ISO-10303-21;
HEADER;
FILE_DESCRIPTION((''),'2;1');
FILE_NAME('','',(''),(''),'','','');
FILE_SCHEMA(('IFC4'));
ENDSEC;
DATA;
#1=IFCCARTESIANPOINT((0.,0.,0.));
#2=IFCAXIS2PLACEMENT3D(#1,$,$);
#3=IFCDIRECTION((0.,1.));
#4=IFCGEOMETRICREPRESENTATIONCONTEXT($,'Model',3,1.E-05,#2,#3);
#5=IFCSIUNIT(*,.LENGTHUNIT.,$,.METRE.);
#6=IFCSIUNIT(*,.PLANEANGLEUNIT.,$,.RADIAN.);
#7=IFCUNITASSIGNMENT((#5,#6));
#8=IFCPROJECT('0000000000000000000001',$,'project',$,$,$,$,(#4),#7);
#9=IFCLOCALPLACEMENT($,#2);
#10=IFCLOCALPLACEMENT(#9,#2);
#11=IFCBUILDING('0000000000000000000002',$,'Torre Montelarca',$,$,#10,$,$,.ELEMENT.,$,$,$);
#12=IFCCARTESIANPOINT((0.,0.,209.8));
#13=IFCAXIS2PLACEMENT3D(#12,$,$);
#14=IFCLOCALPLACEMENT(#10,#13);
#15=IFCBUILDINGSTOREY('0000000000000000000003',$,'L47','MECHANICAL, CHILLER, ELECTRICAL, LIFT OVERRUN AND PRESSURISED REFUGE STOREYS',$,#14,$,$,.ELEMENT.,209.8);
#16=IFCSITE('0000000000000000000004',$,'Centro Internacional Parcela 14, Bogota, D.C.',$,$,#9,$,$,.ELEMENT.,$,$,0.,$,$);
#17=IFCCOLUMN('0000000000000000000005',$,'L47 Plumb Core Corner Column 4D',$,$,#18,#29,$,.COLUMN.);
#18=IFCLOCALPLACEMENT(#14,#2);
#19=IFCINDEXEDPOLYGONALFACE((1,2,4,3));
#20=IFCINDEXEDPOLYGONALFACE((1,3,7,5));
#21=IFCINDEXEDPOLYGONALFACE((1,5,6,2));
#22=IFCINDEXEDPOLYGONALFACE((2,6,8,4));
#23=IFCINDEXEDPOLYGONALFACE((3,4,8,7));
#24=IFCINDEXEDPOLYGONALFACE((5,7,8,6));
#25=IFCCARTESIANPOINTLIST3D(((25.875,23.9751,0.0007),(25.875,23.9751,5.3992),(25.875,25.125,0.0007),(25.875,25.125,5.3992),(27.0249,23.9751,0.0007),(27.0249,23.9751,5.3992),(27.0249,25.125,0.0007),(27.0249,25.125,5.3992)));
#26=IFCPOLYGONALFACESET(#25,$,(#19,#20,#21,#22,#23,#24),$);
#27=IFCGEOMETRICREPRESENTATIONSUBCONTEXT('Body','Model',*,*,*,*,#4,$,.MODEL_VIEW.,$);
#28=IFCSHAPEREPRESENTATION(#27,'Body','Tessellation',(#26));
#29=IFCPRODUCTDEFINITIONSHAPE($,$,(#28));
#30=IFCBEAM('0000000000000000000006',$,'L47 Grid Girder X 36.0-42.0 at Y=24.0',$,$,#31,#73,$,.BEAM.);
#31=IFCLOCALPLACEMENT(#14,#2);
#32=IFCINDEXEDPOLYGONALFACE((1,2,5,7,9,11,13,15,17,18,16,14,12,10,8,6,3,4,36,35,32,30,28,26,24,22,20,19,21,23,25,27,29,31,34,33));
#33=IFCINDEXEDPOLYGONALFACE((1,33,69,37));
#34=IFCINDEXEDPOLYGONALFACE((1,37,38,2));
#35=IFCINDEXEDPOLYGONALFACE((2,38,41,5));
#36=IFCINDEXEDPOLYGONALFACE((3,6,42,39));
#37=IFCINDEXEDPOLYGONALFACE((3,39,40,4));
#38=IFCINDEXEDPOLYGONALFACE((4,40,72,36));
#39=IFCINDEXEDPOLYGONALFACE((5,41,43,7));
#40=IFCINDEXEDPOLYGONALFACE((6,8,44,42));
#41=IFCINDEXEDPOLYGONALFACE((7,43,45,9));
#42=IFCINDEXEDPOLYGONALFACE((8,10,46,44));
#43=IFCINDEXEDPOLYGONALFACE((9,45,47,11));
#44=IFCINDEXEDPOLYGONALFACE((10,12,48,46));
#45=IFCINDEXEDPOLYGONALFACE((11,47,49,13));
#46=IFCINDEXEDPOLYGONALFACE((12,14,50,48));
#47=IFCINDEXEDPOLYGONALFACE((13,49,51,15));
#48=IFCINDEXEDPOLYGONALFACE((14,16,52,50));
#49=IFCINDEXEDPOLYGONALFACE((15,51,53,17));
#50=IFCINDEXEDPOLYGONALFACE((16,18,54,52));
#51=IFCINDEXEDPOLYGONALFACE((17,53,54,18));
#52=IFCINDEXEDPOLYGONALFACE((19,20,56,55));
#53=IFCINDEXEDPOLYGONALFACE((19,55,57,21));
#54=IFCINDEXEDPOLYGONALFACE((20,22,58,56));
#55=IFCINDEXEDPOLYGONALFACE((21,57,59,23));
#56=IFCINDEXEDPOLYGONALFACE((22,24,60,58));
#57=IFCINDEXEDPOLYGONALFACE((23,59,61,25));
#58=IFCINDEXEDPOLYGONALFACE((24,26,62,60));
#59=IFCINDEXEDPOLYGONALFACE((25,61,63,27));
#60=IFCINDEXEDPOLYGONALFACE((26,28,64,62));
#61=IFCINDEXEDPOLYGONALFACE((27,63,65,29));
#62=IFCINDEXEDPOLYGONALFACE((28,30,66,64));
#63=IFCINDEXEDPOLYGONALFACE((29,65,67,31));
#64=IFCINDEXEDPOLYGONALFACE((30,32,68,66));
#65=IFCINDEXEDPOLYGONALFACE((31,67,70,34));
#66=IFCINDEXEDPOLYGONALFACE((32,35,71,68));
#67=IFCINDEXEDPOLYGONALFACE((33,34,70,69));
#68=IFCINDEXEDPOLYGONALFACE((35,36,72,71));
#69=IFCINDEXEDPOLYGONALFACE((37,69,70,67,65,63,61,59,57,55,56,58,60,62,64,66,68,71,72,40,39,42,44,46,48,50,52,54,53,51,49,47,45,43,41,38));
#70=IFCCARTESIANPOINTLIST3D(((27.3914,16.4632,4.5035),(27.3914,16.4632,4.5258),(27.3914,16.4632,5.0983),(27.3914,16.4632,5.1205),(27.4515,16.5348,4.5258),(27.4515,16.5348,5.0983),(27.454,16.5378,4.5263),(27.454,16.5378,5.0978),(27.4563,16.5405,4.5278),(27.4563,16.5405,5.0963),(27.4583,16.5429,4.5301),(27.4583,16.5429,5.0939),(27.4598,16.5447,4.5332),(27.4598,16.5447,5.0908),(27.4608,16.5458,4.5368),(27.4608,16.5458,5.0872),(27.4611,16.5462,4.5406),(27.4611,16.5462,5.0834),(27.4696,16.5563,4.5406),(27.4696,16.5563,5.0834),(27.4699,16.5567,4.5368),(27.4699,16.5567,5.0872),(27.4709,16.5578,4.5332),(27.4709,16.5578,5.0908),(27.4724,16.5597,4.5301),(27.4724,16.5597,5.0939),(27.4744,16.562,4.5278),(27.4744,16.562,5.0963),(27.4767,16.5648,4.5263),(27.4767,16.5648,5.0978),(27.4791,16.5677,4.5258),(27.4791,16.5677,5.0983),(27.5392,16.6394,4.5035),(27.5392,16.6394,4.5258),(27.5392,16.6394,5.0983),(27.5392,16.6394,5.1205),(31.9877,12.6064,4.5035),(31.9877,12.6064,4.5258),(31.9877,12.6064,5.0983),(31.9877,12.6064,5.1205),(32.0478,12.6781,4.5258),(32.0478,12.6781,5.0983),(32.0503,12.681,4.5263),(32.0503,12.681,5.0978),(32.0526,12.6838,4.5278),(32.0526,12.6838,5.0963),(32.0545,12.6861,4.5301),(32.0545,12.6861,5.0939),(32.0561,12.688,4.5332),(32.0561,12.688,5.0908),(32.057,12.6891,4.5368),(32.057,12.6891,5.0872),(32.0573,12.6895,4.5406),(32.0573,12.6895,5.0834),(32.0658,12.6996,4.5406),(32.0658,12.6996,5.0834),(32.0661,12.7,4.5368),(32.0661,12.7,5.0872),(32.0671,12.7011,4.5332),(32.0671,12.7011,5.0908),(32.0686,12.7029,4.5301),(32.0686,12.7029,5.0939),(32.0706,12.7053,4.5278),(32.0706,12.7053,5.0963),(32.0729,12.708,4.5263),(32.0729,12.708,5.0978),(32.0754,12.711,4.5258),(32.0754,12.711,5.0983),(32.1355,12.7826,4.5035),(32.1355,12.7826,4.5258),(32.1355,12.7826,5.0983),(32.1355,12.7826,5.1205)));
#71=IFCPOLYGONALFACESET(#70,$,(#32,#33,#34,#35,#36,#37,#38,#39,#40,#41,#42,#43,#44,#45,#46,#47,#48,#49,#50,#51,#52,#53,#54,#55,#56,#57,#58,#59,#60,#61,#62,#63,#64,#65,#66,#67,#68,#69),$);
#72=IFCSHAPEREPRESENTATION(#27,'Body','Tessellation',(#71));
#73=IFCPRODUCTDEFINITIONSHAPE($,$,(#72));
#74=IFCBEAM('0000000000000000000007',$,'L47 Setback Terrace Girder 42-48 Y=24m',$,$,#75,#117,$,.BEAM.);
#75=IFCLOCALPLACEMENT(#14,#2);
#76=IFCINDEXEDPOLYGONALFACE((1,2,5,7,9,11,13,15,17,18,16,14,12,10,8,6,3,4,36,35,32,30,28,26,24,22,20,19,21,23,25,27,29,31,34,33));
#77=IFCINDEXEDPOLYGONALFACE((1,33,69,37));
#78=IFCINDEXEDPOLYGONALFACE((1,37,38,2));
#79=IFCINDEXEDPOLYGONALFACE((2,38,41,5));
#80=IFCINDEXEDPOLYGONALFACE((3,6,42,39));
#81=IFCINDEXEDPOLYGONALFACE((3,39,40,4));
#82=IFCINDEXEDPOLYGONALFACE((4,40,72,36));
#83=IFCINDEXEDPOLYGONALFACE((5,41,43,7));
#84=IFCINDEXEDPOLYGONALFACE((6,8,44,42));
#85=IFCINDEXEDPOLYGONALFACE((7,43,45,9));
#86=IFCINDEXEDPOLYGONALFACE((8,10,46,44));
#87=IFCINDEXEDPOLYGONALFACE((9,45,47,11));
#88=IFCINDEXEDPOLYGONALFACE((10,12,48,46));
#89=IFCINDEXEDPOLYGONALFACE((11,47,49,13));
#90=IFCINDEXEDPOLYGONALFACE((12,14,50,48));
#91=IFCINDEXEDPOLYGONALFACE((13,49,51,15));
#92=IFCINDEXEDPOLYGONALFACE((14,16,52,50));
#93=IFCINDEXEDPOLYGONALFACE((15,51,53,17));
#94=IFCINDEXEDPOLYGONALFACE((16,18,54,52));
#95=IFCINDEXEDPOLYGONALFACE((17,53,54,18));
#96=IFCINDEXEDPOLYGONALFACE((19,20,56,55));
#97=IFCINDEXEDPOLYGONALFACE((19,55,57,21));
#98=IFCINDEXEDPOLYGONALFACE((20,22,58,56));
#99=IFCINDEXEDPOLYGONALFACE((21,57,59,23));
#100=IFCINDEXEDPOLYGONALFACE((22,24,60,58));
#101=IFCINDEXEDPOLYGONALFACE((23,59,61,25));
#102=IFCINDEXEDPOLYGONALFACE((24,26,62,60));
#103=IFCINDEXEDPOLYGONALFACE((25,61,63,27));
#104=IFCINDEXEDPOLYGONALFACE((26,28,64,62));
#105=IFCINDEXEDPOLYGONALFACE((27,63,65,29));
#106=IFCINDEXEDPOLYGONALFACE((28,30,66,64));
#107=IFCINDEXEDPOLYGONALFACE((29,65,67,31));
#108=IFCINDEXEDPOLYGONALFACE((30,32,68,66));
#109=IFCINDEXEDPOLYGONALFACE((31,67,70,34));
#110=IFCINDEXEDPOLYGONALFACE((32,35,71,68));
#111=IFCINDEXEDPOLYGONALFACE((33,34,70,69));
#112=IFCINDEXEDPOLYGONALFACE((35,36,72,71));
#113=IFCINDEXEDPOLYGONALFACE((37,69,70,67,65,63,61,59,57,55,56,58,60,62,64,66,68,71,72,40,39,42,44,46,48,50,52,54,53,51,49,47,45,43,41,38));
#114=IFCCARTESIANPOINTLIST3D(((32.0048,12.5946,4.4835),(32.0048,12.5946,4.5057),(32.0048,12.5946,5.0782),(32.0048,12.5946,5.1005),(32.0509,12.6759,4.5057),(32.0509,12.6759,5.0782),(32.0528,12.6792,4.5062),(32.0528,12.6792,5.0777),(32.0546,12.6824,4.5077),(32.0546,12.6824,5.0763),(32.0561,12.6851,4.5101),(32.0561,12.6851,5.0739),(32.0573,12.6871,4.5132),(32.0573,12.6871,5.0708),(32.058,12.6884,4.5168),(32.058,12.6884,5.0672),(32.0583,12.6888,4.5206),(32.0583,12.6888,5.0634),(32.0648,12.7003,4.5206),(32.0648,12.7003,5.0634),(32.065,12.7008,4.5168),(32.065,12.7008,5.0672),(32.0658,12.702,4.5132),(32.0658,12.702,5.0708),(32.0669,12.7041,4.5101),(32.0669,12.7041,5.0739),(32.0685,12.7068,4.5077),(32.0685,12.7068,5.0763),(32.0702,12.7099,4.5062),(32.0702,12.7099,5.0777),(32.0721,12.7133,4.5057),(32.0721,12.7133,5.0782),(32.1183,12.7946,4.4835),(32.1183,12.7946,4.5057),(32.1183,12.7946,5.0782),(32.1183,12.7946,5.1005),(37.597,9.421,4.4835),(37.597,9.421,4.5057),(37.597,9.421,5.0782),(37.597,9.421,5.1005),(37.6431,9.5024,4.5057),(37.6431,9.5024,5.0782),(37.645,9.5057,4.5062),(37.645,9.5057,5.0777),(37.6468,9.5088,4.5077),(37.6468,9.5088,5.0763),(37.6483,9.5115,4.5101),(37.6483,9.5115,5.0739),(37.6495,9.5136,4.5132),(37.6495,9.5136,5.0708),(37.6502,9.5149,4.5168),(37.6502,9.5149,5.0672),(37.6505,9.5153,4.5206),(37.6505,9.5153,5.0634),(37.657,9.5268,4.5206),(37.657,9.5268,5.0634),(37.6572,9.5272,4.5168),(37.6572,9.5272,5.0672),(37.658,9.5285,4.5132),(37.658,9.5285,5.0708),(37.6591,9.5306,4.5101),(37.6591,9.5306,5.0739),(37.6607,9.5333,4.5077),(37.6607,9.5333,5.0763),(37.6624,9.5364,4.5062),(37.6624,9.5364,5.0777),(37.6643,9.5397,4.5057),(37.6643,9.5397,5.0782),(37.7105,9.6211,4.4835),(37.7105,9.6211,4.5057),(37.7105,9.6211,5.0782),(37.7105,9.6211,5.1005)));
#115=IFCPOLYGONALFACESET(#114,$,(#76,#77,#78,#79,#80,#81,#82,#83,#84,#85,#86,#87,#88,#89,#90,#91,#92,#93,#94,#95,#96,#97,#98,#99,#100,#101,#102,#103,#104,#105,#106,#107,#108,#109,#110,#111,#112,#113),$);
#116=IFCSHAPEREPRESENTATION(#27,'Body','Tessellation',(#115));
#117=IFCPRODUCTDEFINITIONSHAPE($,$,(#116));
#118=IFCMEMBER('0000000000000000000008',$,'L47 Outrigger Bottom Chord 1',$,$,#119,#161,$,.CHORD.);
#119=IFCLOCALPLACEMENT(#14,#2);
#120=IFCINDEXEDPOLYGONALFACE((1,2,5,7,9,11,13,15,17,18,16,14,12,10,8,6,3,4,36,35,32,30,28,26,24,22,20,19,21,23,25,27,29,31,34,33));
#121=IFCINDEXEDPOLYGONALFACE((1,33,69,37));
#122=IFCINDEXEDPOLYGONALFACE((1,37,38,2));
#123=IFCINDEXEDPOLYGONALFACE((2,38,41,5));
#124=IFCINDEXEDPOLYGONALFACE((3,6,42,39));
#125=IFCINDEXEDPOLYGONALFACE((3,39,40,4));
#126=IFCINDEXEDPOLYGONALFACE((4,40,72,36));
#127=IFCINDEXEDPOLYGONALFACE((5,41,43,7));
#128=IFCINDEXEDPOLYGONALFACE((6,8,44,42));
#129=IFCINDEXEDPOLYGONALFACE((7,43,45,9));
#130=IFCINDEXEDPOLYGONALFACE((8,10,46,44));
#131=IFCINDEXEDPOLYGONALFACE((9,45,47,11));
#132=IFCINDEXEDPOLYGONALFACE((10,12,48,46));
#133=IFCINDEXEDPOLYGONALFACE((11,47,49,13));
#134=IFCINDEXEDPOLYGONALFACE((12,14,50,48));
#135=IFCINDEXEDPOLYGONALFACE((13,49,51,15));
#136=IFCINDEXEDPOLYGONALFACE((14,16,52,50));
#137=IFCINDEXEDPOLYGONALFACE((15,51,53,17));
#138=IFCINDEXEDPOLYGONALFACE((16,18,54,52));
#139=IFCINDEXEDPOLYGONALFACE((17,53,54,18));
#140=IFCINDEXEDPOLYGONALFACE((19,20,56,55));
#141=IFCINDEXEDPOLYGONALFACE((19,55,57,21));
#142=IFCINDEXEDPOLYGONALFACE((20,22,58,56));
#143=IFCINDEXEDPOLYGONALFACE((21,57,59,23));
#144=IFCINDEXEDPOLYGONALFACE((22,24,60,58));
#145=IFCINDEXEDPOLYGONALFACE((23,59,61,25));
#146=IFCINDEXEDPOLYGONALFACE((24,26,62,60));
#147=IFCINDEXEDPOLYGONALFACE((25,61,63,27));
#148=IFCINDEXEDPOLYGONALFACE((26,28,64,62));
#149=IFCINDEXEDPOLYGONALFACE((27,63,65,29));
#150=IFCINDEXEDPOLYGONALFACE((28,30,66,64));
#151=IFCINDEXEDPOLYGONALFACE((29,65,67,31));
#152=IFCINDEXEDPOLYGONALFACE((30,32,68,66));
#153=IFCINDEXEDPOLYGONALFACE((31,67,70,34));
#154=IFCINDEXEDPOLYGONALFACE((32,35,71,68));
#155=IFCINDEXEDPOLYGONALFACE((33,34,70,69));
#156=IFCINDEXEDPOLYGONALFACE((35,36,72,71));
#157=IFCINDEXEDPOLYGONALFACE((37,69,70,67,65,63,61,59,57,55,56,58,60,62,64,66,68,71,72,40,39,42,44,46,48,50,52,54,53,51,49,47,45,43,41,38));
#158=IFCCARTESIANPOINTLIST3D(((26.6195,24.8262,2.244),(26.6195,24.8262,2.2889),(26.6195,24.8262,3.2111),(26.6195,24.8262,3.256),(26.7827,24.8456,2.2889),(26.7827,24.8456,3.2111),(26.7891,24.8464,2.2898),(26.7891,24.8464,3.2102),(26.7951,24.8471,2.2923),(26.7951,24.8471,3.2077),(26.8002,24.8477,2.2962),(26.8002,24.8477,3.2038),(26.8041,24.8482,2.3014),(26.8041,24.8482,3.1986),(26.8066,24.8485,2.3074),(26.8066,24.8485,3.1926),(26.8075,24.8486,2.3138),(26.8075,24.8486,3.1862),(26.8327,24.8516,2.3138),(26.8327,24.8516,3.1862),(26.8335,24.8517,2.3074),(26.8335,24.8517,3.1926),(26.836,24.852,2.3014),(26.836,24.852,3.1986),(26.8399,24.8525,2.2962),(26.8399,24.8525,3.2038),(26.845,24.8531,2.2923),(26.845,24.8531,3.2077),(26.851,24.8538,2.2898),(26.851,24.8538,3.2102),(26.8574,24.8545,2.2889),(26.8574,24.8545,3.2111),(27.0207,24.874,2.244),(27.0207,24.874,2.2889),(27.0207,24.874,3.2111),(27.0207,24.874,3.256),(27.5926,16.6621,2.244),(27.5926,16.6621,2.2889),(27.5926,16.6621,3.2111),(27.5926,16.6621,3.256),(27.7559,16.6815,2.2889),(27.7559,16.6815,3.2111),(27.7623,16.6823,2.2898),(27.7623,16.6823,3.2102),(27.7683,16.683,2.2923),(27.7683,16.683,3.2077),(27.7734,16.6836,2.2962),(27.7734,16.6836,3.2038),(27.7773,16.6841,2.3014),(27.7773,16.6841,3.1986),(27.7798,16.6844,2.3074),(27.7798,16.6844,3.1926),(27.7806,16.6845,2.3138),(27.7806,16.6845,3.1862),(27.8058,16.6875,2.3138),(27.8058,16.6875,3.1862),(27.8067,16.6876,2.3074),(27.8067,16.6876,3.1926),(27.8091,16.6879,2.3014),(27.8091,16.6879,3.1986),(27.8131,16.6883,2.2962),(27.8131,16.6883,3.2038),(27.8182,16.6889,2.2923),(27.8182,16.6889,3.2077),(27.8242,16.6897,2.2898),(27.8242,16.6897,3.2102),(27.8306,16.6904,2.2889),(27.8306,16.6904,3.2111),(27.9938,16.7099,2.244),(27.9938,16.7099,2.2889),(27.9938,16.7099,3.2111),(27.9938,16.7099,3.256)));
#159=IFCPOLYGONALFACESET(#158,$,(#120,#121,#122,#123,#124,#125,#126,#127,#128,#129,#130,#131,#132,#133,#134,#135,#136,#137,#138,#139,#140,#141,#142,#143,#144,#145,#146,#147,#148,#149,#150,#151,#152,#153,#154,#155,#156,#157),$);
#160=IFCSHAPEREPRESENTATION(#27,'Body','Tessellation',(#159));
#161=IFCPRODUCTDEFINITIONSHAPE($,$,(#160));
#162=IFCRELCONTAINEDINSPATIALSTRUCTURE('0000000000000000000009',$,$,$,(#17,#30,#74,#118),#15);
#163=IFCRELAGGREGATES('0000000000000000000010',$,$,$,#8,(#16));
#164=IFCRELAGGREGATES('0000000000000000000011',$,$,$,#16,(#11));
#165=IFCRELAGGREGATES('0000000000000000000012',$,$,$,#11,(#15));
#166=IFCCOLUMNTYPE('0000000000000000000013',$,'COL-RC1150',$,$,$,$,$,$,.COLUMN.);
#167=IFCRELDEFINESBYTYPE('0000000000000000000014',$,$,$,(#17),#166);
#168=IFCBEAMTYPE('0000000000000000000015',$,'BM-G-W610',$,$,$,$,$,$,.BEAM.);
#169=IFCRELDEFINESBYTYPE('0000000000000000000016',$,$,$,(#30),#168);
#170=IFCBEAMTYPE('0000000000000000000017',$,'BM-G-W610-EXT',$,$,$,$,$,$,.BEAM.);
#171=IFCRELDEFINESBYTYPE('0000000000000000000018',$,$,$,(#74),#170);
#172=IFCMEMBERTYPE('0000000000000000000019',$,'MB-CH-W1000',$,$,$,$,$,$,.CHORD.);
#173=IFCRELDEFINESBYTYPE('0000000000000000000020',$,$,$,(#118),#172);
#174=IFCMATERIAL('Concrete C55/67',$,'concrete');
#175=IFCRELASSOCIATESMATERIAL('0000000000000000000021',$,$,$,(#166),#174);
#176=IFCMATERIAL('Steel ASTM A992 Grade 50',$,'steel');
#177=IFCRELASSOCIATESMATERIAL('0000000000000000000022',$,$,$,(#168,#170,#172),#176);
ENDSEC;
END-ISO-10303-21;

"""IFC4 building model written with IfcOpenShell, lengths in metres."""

from ifc_helpers import new_model, si_unit, direction, frame, origin, origin_2d, place, context, subcontext, project, spatial, rectangle, i_section, extrude, source, transform, mapped, material, material_profile, profile_set, type_object, element, save


model = new_model("IFC4")

# Units and contexts
model_context = context("Model", 3, precision=1e-05, world=origin(), true_north=direction((0.0, 1.0)))
body_context = subcontext(model_context, "Body", "Model", "MODEL_VIEW")
ifc_project = project(units=[si_unit("LENGTHUNIT", "METRE"), si_unit("PLANEANGLEUNIT", "RADIAN")], contexts=[model_context])

# Site, building, storey
site_placement = place(None, origin())
site = spatial("IfcSite", under=ifc_project, at=site_placement, Name="Centro Internacional Parcela 14, Bogota, D.C.", CompositionType="ELEMENT", RefElevation=0.0)
building_placement = place(site_placement, origin())
building = spatial("IfcBuilding", under=site, at=building_placement, Name="Torre Montelarca", CompositionType="ELEMENT")
storey_placement = place(building_placement, frame((0.0, 0.0, 209.8)))
storey = spatial("IfcBuildingStorey", under=building, at=storey_placement, Name="L47", Description="MECHANICAL, CHILLER, ELECTRICAL, LIFT OVERRUN AND PRESSURISED REFUGE STOREYS", CompositionType="ELEMENT", Elevation=209.8)

# Column
ifc_material_1 = material(Name="Concrete C55/67", Category="concrete")
ifc_material_profile_1 = material_profile(ifc_material_1, rectangle(XDim=1.1499, YDim=1.1499, at=origin_2d()), Name="RC1150X1150", Category="concrete")
ifc_profile_set_1 = profile_set([ifc_material_profile_1], Name="Concrete C55/67")
column_type = type_object("IfcColumnType", Name="COL-RC1150", PredefinedType="COLUMN", material=ifc_profile_set_1)
shared_shape_1 = source(origin(), body_context, "Body", "SweptSolid", [
    extrude(rectangle(XDim=1.1499, YDim=1.1499, at=origin_2d()), origin(), (0.0, 0.0, 1.0), 5.3984),
])
column_1_placement = place(storey_placement, frame((26.45, 24.55, 0.0007), z_axis=(0.0, 0.0, 1.0), x_axis=(1.0, 0.0, 0.0)))
element("IfcColumn", 1, at=column_1_placement, inside=storey, type_object=column_type, Name="L47 Plumb Core Corner Column 4D", PredefinedType="COLUMN", context=body_context, shape_type="MappedRepresentation", body=[
    mapped(shared_shape_1, transform((0.0, 0.0, 0.0), scale=1.0)),
])

# Beams
ifc_material_2 = material(Name="Steel ASTM A992 Grade 50", Category="steel")
ifc_material_profile_2 = material_profile(ifc_material_2, i_section(OverallWidth=0.23, OverallDepth=0.6169, WebThickness=0.0132, FlangeThickness=0.0222, FilletRadius=0.0149, at=origin_2d()), Name="W610X140", Category="steel")
ifc_profile_set_2 = profile_set([ifc_material_profile_2], Name="Steel ASTM A992 Grade 50")
beam_type_1 = type_object("IfcBeamType", Name="BM-G-W610", PredefinedType="BEAM", material=ifc_profile_set_2)
shared_shape_2 = source(origin(), body_context, "Body", "SweptSolid", [
    extrude(i_section(OverallWidth=0.23, OverallDepth=0.6169, WebThickness=0.0132, FlangeThickness=0.0222, FilletRadius=0.0149, at=origin_2d()), origin(), (0.0, 0.0, 1.0), 6.0),
])
beam_1_placement = place(storey_placement, frame((27.4653, 16.5513, 4.812), z_axis=(0.766042, -0.64279, 0.0), x_axis=(0.64279, 0.766042, 0.0)))
element("IfcBeam", 2, at=beam_1_placement, inside=storey, type_object=beam_type_1, Name="L47 Grid Girder X 36.0-42.0 at Y=24.0", PredefinedType="BEAM", context=body_context, shape_type="MappedRepresentation", body=[
    mapped(shared_shape_2, transform((0.0, 0.0, 0.0), scale=1.0)),
])
ifc_material_profile_3 = material_profile(ifc_material_2, i_section(OverallWidth=0.23, OverallDepth=0.6169, WebThickness=0.0132, FlangeThickness=0.0222, FilletRadius=0.0149, at=origin_2d()), Name="W610X140", Category="steel")
ifc_profile_set_3 = profile_set([ifc_material_profile_3], Name="Steel ASTM A992 Grade 50")
beam_type_2 = type_object("IfcBeamType", Name="BM-G-W610-EXT", PredefinedType="BEAM", material=ifc_profile_set_3)
shared_shape_3 = source(origin(), body_context, "Body", "SweptSolid", [
    extrude(i_section(OverallWidth=0.23, OverallDepth=0.6169, WebThickness=0.0132, FlangeThickness=0.0222, FilletRadius=0.0149, at=origin_2d()), origin(), (0.0, 0.0, 1.0), 6.4299),
])
beam_2_placement = place(storey_placement, frame((32.0615, 12.6946, 4.792), z_axis=(0.869714, -0.493557, 0.0), x_axis=(0.493557, 0.869714, 0.0)))
element("IfcBeam", 3, at=beam_2_placement, inside=storey, type_object=beam_type_2, Name="L47 Setback Terrace Girder 42-48 Y=24m", PredefinedType="BEAM", context=body_context, shape_type="MappedRepresentation", body=[
    mapped(shared_shape_3, transform((0.0, 0.0, 0.0), scale=1.0)),
])

# Member
ifc_material_profile_4 = material_profile(ifc_material_2, i_section(OverallWidth=0.4041, OverallDepth=1.012, WebThickness=0.0254, FlangeThickness=0.0449, FilletRadius=0.0249, at=origin_2d()), Name="W1000X483", Category="steel")
ifc_profile_set_4 = profile_set([ifc_material_profile_4], Name="Steel ASTM A992 Grade 50")
member_type_1 = type_object("IfcMemberType", Name="MB-CH-W1000", PredefinedType="CHORD", material=ifc_profile_set_4)
shared_shape_4 = source(origin(), body_context, "Body", "SweptSolid", [
    extrude(i_section(OverallWidth=0.4041, OverallDepth=1.012, WebThickness=0.0254, FlangeThickness=0.0449, FilletRadius=0.0249, at=origin_2d()), origin(), (0.0, 0.0, 1.0), 8.2219),
])
member_1_placement = place(storey_placement, frame((26.8201, 24.8501, 2.75), z_axis=(0.118361, -0.992971, 0.0), x_axis=(0.992971, 0.118361, 0.0)))
element("IfcMember", 4, at=member_1_placement, inside=storey, type_object=member_type_1, Name="L47 Outrigger Bottom Chord 1", PredefinedType="CHORD", context=body_context, shape_type="MappedRepresentation", body=[
    mapped(shared_shape_4, transform((0.0, 0.0, 0.0), scale=1.0)),
])

save(model, "model.ifc")
